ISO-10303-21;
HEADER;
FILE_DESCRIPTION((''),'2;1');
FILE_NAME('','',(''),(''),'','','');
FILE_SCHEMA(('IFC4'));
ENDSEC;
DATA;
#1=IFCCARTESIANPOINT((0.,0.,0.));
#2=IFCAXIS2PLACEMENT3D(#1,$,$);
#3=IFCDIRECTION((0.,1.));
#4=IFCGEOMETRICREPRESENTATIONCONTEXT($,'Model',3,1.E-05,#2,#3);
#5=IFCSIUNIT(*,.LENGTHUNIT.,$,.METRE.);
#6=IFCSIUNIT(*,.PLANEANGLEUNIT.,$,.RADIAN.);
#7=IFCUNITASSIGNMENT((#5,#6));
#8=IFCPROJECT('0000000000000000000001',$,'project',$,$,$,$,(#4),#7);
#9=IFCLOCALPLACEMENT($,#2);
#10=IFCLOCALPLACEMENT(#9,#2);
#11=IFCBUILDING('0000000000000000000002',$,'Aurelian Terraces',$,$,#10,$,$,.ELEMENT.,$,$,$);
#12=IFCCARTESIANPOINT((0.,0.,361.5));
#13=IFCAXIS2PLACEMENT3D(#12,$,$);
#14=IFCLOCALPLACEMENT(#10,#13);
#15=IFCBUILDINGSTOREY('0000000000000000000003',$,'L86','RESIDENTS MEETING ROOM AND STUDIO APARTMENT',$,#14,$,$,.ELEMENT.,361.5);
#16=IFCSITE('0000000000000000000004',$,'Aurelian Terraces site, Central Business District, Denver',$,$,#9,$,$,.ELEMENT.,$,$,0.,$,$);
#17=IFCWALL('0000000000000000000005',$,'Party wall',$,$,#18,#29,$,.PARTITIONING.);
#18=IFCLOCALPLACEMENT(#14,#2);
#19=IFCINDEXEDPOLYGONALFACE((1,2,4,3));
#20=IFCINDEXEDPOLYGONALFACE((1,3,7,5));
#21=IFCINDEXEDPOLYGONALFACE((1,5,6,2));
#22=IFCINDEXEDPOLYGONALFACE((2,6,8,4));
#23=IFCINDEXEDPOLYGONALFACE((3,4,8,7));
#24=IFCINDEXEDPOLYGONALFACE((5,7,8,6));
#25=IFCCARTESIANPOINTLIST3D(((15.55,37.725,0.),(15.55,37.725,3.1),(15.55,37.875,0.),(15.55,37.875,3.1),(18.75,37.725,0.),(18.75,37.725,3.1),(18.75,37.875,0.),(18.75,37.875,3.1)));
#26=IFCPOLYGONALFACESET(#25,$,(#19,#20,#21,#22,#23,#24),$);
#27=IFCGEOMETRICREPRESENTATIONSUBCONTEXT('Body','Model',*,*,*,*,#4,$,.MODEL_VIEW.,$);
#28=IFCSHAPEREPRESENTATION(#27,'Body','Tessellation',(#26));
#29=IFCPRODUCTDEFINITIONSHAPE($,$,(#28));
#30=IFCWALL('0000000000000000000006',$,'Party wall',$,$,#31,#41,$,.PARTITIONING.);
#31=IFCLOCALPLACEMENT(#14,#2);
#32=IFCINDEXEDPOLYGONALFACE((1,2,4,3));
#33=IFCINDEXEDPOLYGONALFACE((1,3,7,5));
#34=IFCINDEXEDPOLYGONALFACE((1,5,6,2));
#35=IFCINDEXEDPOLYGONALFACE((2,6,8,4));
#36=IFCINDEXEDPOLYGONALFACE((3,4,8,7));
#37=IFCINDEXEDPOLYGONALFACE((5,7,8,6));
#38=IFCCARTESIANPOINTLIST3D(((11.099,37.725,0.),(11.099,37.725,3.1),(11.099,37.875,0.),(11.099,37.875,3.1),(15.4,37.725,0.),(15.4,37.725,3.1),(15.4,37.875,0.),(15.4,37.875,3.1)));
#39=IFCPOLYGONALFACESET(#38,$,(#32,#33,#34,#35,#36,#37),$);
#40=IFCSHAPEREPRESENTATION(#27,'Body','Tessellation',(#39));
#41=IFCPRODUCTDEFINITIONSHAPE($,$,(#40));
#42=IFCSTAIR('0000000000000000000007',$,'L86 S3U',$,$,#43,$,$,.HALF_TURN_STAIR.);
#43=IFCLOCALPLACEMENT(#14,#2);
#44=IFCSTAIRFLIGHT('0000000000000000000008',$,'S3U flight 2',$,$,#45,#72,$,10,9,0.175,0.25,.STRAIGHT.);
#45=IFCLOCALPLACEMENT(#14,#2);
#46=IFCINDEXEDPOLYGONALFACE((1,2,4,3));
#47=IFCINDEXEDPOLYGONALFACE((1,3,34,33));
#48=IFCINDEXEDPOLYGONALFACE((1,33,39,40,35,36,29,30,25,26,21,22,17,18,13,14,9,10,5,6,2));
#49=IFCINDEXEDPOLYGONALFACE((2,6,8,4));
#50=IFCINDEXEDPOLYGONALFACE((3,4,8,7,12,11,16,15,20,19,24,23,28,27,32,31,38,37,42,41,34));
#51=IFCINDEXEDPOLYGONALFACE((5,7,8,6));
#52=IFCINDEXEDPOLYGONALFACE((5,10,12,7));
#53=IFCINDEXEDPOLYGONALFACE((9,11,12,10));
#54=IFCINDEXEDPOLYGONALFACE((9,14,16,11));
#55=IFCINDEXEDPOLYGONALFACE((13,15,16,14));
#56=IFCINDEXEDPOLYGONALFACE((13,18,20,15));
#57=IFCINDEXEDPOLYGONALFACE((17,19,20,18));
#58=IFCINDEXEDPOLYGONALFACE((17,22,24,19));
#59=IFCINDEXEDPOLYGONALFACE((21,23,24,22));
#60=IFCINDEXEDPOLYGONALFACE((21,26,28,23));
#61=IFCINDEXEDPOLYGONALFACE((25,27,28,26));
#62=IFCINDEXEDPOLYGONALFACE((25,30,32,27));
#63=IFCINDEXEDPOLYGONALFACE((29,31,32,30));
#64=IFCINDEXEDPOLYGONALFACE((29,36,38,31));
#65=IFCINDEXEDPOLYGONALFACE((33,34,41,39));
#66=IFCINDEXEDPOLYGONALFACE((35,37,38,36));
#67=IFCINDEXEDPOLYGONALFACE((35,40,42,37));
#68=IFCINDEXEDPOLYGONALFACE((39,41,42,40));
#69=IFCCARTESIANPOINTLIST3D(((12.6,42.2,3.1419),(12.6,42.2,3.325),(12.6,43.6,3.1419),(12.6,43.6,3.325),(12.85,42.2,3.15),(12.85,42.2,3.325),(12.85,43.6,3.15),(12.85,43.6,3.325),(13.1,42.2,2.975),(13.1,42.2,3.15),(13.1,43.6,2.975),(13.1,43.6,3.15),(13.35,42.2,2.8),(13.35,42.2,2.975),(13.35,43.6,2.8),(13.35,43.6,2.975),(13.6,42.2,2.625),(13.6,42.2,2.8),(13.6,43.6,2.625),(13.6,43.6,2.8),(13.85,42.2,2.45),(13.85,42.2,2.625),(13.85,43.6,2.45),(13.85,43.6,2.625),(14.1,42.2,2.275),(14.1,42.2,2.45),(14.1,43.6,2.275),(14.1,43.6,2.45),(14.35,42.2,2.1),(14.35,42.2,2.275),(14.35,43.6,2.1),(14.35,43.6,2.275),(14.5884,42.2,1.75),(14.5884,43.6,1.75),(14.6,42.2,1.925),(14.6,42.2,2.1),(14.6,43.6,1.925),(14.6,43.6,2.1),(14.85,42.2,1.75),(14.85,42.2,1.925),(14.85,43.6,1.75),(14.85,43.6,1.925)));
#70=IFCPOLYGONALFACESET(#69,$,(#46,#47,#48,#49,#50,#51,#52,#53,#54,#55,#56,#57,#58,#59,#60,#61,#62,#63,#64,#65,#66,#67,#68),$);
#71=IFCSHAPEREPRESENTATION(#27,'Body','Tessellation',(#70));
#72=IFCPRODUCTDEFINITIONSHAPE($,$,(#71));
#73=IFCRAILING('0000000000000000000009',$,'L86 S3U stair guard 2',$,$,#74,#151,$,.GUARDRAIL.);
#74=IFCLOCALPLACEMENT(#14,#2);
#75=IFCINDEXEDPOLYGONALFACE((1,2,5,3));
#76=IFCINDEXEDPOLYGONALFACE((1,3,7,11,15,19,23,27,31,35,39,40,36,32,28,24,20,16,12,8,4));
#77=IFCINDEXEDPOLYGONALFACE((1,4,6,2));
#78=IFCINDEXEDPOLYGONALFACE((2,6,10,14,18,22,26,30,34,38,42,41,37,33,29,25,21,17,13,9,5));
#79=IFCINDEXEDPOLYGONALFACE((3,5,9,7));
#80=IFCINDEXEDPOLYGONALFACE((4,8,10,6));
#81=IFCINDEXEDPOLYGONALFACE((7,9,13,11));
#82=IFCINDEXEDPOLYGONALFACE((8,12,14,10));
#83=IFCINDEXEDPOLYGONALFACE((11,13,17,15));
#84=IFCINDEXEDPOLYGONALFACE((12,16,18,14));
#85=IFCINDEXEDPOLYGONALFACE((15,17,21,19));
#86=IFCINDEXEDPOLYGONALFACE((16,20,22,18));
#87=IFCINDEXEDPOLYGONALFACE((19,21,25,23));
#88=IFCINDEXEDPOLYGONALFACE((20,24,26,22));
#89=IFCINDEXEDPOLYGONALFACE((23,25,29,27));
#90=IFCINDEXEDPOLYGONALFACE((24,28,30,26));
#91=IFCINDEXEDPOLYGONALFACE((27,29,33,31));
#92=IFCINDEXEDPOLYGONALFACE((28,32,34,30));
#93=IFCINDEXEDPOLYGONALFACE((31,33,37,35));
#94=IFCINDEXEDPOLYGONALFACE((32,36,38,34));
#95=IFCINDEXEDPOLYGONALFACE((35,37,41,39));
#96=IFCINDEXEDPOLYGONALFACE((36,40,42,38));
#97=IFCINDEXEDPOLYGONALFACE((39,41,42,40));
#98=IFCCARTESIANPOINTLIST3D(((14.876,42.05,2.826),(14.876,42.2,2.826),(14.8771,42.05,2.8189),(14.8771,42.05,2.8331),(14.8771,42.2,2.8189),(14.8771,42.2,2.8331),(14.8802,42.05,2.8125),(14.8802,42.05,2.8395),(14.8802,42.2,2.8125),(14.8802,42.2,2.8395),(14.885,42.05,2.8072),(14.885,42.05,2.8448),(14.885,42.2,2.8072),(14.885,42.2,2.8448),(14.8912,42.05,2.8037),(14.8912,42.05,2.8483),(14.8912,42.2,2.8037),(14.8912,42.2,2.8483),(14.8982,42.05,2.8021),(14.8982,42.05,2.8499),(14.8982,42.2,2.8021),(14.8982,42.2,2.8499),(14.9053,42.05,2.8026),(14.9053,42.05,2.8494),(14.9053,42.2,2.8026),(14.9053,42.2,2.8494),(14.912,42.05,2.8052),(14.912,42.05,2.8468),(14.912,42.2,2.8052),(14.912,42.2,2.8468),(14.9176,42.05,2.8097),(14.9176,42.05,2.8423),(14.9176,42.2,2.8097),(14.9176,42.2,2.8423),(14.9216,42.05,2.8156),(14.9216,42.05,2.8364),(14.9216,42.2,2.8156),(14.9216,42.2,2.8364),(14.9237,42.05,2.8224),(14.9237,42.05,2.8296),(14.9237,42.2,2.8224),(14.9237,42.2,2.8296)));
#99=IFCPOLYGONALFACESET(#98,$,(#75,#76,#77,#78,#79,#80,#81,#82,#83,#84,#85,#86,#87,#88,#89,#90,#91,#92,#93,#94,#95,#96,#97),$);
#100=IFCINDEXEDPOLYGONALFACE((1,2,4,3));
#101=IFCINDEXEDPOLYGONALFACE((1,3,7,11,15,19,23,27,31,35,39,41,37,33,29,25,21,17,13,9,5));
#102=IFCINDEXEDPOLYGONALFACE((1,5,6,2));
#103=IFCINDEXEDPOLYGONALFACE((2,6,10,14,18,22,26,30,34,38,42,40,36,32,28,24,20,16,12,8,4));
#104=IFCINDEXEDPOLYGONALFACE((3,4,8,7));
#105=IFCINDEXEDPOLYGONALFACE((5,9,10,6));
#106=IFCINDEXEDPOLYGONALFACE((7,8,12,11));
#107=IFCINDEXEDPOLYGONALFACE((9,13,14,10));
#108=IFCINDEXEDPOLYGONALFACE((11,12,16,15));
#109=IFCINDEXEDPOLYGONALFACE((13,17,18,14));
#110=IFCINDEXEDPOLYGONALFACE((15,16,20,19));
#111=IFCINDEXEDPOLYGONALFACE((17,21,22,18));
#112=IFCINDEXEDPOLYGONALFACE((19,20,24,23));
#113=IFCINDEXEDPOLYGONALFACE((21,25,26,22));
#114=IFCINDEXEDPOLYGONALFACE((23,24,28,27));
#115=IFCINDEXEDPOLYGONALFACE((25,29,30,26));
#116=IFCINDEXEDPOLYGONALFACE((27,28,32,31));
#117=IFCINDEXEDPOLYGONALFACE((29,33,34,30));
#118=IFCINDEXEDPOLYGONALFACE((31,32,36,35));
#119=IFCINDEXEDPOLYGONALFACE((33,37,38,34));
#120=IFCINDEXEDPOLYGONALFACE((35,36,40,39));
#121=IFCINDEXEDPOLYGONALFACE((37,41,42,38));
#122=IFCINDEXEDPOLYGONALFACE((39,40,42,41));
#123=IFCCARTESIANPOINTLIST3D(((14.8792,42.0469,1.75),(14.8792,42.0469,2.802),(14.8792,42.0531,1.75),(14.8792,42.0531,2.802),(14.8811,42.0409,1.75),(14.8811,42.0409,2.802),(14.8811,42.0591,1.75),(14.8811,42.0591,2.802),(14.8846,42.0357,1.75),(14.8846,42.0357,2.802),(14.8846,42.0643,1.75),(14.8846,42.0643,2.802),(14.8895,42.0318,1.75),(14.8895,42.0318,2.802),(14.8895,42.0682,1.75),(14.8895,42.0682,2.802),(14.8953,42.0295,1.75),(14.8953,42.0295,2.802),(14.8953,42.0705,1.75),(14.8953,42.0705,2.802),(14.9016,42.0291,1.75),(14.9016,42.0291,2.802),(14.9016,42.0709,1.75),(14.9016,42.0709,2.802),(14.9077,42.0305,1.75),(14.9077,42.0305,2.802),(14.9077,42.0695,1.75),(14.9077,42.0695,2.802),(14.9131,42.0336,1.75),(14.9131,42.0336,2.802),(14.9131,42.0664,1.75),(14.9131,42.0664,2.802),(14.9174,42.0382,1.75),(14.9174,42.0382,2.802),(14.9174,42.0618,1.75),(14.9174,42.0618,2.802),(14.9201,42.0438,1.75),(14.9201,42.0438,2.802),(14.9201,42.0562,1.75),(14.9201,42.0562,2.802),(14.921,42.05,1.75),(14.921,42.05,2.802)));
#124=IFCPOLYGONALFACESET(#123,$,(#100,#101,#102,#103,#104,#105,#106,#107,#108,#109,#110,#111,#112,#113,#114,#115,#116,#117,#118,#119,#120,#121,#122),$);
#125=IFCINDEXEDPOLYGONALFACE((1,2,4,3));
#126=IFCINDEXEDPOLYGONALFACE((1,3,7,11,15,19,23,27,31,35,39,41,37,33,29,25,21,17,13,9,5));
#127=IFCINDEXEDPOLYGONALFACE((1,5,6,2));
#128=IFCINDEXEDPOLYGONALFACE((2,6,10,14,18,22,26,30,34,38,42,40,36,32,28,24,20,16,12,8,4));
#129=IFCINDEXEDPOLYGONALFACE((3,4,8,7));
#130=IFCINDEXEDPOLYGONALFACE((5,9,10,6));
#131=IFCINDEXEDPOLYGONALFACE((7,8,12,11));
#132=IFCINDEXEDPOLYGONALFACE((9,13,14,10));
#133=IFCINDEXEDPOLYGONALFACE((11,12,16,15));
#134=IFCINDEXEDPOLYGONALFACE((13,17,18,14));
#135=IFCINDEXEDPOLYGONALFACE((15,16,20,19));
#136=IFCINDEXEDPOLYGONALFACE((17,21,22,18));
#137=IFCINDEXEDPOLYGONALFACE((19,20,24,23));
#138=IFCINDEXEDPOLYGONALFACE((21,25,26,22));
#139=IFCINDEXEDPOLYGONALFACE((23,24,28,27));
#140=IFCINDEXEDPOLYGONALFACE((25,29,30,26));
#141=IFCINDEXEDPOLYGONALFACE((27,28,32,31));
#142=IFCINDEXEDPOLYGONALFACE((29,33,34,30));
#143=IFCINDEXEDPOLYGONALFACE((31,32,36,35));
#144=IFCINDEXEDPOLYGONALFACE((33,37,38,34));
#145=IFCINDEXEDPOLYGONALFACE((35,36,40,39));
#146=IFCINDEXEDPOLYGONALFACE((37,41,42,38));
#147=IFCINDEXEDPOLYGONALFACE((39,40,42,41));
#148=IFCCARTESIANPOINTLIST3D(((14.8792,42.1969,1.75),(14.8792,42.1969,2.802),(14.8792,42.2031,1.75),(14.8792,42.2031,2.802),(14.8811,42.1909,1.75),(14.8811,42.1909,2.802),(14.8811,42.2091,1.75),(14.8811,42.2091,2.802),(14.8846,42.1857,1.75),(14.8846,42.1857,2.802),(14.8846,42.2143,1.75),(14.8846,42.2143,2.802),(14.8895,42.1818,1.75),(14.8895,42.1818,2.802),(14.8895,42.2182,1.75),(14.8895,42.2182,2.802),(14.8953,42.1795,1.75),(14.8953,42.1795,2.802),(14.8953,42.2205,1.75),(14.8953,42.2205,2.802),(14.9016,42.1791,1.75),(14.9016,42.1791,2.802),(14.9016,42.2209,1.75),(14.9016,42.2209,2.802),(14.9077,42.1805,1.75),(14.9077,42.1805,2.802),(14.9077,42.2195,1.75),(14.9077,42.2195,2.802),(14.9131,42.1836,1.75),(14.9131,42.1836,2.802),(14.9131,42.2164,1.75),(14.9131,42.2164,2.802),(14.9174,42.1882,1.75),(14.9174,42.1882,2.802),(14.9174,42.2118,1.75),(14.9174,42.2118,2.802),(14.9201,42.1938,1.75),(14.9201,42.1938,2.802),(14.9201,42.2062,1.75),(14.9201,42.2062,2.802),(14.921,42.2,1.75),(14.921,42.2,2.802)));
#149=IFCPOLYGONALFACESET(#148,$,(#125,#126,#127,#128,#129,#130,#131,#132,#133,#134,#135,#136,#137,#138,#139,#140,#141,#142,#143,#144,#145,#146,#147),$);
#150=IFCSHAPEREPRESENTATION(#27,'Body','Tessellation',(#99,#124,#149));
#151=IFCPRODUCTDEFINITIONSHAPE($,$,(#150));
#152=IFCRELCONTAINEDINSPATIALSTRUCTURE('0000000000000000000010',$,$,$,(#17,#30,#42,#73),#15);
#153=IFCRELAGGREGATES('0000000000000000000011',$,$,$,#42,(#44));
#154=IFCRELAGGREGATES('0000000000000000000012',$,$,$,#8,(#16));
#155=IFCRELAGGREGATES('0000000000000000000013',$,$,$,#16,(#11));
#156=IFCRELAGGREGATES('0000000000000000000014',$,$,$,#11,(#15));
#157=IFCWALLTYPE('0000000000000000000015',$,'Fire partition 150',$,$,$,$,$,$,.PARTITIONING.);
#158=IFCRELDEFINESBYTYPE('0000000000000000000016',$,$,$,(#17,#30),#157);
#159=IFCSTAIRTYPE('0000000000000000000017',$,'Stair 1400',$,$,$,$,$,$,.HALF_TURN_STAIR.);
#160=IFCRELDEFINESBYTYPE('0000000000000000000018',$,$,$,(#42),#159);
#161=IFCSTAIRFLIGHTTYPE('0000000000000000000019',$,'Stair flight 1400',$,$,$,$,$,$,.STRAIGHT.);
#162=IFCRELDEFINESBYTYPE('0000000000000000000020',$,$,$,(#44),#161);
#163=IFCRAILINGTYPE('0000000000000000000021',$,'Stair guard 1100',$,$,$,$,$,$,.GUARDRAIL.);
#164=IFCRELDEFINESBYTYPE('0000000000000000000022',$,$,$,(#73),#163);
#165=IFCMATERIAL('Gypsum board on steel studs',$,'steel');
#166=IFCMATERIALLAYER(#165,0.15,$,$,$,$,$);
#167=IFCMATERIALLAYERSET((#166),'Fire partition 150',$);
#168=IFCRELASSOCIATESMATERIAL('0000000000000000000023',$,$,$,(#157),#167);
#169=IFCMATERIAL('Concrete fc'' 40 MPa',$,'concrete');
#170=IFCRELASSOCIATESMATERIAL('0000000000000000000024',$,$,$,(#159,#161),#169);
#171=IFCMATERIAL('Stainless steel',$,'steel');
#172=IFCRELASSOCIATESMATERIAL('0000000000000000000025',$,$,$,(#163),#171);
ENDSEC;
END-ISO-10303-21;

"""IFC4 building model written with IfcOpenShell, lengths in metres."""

from ifc_helpers import new_model, si_unit, direction, frame, frame_2d, origin, origin_2d, place, context, subcontext, project, spatial, polyline, rectangle, circle, outline, extrude, source, transform, mapped, material, layer, layer_set, type_object, element, aggregate, save


model = new_model("IFC4")

# Units and contexts
model_context = context("Model", 3, precision=1e-05, world=origin(), true_north=direction((0.0, 1.0)))
body_context = subcontext(model_context, "Body", "Model", "MODEL_VIEW")
ifc_project = project(units=[si_unit("LENGTHUNIT", "METRE"), si_unit("PLANEANGLEUNIT", "RADIAN")], contexts=[model_context])

# Site, building, storey
site_placement = place(None, origin())
site = spatial("IfcSite", under=ifc_project, at=site_placement, Name="Aurelian Terraces site, Central Business District, Denver", CompositionType="ELEMENT", RefElevation=0.0)
building_placement = place(site_placement, origin())
building = spatial("IfcBuilding", under=site, at=building_placement, Name="Aurelian Terraces", CompositionType="ELEMENT")
storey_placement = place(building_placement, frame((0.0, 0.0, 361.5)))
storey = spatial("IfcBuildingStorey", under=building, at=storey_placement, Name="L86", Description="RESIDENTS MEETING ROOM AND STUDIO APARTMENT", CompositionType="ELEMENT", Elevation=361.5)

# Shared definitions
ifc_material_1 = material(Name="Concrete fc' 40 MPa", Category="concrete")

# Shared definitions
ifc_material_2 = material(Name="Gypsum board on steel studs", Category="steel")

# Shared definitions
shared_shape_1 = source(origin(), body_context, "Body", "SweptSolid", [
    extrude(rectangle(XDim=3.2, YDim=0.15, at=frame_2d((1.6, 0.0))), origin(), (0.0, 0.0, 1.0), 3.1),
])

# Walls
ifc_layer_1 = layer(ifc_material_2, 0.15)
ifc_layer_set_1 = layer_set([ifc_layer_1], Name="Fire partition 150")
wall_type_1 = type_object("IfcWallType", Name="Fire partition 150", PredefinedType="PARTITIONING", material=ifc_layer_set_1)
wall_1_placement = place(storey_placement, frame((18.75, 37.8, 0.0), z_axis=(0.0, 0.0, 1.0), x_axis=(-1.0, 0.0, 0.0)))
element("IfcWall", 1, at=wall_1_placement, inside=storey, type_object=wall_type_1, Name="Party wall", PredefinedType="PARTITIONING", context=body_context, shape_type="MappedRepresentation", body=[
    mapped(shared_shape_1, transform((0.0, 0.0, 0.0), scale=1.0)),
])
shared_shape_2 = source(origin(), body_context, "Body", "SweptSolid", [
    extrude(rectangle(XDim=4.301, YDim=0.15, at=frame_2d((2.1505, 0.0))), origin(), (0.0, 0.0, 1.0), 3.1),
])
wall_2_placement = place(storey_placement, frame((15.4, 37.8, 0.0), z_axis=(0.0, 0.0, 1.0), x_axis=(-1.0, 0.0, 0.0)))
element("IfcWall", 2, at=wall_2_placement, inside=storey, type_object=wall_type_1, Name="Party wall", PredefinedType="PARTITIONING", context=body_context, shape_type="MappedRepresentation", body=[
    mapped(shared_shape_2, transform((0.0, 0.0, 0.0), scale=1.0)),
])

# Stair, stair flight
stair_type = type_object("IfcStairType", Name="Stair 1400", PredefinedType="HALF_TURN_STAIR", material=ifc_material_1)
stair_placement = place(storey_placement, origin())
stair = element("IfcStair", 3, at=stair_placement, inside=storey, type_object=stair_type, Name="L86 S3U", PredefinedType="HALF_TURN_STAIR")
stair_flight_type = type_object("IfcStairFlightType", Name="Stair flight 1400", PredefinedType="STRAIGHT", material=ifc_material_1)
shared_shape_3 = source(origin(), body_context, "Body", "SweptSolid", [
    extrude(outline(polyline([(0.0, 0.0), (0.0, 0.175), (0.25, 0.175), (0.25, 0.35), (0.5, 0.35), (0.5, 0.525), (0.75, 0.525), (0.75, 0.7), (1.0, 0.7), (1.0, 0.875), (1.25, 0.875), (1.25, 1.05), (1.5, 1.05), (1.5, 1.225), (1.75, 1.225), (1.75, 1.4), (2.0, 1.4), (2.0, 1.575), (2.25, 1.575), (2.25, 1.75), (2.25, 1.3919), (0.2616, 0.0), (0.0, 0.0)])), frame((0.0, 0.7, 0.0), z_axis=(0.0, -1.0, 0.0), x_axis=(1.0, 0.0, 0.0)), (0.0, 0.0, 1.0), 1.4),
])
stair_flight_placement = place(storey_placement, frame((14.85, 42.9, 1.75), z_axis=(0.0, 0.0, 1.0), x_axis=(-1.0, 0.0, 0.0)))
stair_flight = element("IfcStairFlight", 4, at=stair_flight_placement, type_object=stair_flight_type, Name="S3U flight 2", NumberOfRisers=10, NumberOfTreads=9, PredefinedType="STRAIGHT", RiserHeight=0.175, TreadLength=0.25, context=body_context, shape_type="MappedRepresentation", body=[
    mapped(shared_shape_3, transform((0.0, 0.0, 0.0), scale=1.0)),
])
aggregate(stair, [stair_flight])

# Railing
ifc_material_3 = material(Name="Stainless steel", Category="steel")
railing_type_1 = type_object("IfcRailingType", Name="Stair guard 1100", PredefinedType="GUARDRAIL", material=ifc_material_3)
shared_shape_4 = source(origin(), body_context, "Body", "SweptSolid", [
    extrude(circle(Radius=0.024, at=origin_2d()), frame((0.0, 0.0, 1.076), z_axis=(0.0, 1.0, 0.0), x_axis=(-1.0, 0.0, 0.0)), (0.0, 0.0, 1.0), 0.15),
    extrude(circle(Radius=0.021, at=origin_2d()), origin(), (0.0, 0.0, 1.0), 1.052),
    extrude(circle(Radius=0.021, at=origin_2d()), frame((0.0, 0.15, 0.0)), (0.0, 0.0, 1.0), 1.052),
])
railing_1_placement = place(storey_placement, frame((14.9, 42.05, 1.75)))
element("IfcRailing", 5, at=railing_1_placement, inside=storey, type_object=railing_type_1, Name="L86 S3U stair guard 2", PredefinedType="GUARDRAIL", context=body_context, shape_type="MappedRepresentation", body=[
    mapped(shared_shape_4, transform((0.0, 0.0, 0.0), scale=1.0)),
])

save(model, "model.ifc")
